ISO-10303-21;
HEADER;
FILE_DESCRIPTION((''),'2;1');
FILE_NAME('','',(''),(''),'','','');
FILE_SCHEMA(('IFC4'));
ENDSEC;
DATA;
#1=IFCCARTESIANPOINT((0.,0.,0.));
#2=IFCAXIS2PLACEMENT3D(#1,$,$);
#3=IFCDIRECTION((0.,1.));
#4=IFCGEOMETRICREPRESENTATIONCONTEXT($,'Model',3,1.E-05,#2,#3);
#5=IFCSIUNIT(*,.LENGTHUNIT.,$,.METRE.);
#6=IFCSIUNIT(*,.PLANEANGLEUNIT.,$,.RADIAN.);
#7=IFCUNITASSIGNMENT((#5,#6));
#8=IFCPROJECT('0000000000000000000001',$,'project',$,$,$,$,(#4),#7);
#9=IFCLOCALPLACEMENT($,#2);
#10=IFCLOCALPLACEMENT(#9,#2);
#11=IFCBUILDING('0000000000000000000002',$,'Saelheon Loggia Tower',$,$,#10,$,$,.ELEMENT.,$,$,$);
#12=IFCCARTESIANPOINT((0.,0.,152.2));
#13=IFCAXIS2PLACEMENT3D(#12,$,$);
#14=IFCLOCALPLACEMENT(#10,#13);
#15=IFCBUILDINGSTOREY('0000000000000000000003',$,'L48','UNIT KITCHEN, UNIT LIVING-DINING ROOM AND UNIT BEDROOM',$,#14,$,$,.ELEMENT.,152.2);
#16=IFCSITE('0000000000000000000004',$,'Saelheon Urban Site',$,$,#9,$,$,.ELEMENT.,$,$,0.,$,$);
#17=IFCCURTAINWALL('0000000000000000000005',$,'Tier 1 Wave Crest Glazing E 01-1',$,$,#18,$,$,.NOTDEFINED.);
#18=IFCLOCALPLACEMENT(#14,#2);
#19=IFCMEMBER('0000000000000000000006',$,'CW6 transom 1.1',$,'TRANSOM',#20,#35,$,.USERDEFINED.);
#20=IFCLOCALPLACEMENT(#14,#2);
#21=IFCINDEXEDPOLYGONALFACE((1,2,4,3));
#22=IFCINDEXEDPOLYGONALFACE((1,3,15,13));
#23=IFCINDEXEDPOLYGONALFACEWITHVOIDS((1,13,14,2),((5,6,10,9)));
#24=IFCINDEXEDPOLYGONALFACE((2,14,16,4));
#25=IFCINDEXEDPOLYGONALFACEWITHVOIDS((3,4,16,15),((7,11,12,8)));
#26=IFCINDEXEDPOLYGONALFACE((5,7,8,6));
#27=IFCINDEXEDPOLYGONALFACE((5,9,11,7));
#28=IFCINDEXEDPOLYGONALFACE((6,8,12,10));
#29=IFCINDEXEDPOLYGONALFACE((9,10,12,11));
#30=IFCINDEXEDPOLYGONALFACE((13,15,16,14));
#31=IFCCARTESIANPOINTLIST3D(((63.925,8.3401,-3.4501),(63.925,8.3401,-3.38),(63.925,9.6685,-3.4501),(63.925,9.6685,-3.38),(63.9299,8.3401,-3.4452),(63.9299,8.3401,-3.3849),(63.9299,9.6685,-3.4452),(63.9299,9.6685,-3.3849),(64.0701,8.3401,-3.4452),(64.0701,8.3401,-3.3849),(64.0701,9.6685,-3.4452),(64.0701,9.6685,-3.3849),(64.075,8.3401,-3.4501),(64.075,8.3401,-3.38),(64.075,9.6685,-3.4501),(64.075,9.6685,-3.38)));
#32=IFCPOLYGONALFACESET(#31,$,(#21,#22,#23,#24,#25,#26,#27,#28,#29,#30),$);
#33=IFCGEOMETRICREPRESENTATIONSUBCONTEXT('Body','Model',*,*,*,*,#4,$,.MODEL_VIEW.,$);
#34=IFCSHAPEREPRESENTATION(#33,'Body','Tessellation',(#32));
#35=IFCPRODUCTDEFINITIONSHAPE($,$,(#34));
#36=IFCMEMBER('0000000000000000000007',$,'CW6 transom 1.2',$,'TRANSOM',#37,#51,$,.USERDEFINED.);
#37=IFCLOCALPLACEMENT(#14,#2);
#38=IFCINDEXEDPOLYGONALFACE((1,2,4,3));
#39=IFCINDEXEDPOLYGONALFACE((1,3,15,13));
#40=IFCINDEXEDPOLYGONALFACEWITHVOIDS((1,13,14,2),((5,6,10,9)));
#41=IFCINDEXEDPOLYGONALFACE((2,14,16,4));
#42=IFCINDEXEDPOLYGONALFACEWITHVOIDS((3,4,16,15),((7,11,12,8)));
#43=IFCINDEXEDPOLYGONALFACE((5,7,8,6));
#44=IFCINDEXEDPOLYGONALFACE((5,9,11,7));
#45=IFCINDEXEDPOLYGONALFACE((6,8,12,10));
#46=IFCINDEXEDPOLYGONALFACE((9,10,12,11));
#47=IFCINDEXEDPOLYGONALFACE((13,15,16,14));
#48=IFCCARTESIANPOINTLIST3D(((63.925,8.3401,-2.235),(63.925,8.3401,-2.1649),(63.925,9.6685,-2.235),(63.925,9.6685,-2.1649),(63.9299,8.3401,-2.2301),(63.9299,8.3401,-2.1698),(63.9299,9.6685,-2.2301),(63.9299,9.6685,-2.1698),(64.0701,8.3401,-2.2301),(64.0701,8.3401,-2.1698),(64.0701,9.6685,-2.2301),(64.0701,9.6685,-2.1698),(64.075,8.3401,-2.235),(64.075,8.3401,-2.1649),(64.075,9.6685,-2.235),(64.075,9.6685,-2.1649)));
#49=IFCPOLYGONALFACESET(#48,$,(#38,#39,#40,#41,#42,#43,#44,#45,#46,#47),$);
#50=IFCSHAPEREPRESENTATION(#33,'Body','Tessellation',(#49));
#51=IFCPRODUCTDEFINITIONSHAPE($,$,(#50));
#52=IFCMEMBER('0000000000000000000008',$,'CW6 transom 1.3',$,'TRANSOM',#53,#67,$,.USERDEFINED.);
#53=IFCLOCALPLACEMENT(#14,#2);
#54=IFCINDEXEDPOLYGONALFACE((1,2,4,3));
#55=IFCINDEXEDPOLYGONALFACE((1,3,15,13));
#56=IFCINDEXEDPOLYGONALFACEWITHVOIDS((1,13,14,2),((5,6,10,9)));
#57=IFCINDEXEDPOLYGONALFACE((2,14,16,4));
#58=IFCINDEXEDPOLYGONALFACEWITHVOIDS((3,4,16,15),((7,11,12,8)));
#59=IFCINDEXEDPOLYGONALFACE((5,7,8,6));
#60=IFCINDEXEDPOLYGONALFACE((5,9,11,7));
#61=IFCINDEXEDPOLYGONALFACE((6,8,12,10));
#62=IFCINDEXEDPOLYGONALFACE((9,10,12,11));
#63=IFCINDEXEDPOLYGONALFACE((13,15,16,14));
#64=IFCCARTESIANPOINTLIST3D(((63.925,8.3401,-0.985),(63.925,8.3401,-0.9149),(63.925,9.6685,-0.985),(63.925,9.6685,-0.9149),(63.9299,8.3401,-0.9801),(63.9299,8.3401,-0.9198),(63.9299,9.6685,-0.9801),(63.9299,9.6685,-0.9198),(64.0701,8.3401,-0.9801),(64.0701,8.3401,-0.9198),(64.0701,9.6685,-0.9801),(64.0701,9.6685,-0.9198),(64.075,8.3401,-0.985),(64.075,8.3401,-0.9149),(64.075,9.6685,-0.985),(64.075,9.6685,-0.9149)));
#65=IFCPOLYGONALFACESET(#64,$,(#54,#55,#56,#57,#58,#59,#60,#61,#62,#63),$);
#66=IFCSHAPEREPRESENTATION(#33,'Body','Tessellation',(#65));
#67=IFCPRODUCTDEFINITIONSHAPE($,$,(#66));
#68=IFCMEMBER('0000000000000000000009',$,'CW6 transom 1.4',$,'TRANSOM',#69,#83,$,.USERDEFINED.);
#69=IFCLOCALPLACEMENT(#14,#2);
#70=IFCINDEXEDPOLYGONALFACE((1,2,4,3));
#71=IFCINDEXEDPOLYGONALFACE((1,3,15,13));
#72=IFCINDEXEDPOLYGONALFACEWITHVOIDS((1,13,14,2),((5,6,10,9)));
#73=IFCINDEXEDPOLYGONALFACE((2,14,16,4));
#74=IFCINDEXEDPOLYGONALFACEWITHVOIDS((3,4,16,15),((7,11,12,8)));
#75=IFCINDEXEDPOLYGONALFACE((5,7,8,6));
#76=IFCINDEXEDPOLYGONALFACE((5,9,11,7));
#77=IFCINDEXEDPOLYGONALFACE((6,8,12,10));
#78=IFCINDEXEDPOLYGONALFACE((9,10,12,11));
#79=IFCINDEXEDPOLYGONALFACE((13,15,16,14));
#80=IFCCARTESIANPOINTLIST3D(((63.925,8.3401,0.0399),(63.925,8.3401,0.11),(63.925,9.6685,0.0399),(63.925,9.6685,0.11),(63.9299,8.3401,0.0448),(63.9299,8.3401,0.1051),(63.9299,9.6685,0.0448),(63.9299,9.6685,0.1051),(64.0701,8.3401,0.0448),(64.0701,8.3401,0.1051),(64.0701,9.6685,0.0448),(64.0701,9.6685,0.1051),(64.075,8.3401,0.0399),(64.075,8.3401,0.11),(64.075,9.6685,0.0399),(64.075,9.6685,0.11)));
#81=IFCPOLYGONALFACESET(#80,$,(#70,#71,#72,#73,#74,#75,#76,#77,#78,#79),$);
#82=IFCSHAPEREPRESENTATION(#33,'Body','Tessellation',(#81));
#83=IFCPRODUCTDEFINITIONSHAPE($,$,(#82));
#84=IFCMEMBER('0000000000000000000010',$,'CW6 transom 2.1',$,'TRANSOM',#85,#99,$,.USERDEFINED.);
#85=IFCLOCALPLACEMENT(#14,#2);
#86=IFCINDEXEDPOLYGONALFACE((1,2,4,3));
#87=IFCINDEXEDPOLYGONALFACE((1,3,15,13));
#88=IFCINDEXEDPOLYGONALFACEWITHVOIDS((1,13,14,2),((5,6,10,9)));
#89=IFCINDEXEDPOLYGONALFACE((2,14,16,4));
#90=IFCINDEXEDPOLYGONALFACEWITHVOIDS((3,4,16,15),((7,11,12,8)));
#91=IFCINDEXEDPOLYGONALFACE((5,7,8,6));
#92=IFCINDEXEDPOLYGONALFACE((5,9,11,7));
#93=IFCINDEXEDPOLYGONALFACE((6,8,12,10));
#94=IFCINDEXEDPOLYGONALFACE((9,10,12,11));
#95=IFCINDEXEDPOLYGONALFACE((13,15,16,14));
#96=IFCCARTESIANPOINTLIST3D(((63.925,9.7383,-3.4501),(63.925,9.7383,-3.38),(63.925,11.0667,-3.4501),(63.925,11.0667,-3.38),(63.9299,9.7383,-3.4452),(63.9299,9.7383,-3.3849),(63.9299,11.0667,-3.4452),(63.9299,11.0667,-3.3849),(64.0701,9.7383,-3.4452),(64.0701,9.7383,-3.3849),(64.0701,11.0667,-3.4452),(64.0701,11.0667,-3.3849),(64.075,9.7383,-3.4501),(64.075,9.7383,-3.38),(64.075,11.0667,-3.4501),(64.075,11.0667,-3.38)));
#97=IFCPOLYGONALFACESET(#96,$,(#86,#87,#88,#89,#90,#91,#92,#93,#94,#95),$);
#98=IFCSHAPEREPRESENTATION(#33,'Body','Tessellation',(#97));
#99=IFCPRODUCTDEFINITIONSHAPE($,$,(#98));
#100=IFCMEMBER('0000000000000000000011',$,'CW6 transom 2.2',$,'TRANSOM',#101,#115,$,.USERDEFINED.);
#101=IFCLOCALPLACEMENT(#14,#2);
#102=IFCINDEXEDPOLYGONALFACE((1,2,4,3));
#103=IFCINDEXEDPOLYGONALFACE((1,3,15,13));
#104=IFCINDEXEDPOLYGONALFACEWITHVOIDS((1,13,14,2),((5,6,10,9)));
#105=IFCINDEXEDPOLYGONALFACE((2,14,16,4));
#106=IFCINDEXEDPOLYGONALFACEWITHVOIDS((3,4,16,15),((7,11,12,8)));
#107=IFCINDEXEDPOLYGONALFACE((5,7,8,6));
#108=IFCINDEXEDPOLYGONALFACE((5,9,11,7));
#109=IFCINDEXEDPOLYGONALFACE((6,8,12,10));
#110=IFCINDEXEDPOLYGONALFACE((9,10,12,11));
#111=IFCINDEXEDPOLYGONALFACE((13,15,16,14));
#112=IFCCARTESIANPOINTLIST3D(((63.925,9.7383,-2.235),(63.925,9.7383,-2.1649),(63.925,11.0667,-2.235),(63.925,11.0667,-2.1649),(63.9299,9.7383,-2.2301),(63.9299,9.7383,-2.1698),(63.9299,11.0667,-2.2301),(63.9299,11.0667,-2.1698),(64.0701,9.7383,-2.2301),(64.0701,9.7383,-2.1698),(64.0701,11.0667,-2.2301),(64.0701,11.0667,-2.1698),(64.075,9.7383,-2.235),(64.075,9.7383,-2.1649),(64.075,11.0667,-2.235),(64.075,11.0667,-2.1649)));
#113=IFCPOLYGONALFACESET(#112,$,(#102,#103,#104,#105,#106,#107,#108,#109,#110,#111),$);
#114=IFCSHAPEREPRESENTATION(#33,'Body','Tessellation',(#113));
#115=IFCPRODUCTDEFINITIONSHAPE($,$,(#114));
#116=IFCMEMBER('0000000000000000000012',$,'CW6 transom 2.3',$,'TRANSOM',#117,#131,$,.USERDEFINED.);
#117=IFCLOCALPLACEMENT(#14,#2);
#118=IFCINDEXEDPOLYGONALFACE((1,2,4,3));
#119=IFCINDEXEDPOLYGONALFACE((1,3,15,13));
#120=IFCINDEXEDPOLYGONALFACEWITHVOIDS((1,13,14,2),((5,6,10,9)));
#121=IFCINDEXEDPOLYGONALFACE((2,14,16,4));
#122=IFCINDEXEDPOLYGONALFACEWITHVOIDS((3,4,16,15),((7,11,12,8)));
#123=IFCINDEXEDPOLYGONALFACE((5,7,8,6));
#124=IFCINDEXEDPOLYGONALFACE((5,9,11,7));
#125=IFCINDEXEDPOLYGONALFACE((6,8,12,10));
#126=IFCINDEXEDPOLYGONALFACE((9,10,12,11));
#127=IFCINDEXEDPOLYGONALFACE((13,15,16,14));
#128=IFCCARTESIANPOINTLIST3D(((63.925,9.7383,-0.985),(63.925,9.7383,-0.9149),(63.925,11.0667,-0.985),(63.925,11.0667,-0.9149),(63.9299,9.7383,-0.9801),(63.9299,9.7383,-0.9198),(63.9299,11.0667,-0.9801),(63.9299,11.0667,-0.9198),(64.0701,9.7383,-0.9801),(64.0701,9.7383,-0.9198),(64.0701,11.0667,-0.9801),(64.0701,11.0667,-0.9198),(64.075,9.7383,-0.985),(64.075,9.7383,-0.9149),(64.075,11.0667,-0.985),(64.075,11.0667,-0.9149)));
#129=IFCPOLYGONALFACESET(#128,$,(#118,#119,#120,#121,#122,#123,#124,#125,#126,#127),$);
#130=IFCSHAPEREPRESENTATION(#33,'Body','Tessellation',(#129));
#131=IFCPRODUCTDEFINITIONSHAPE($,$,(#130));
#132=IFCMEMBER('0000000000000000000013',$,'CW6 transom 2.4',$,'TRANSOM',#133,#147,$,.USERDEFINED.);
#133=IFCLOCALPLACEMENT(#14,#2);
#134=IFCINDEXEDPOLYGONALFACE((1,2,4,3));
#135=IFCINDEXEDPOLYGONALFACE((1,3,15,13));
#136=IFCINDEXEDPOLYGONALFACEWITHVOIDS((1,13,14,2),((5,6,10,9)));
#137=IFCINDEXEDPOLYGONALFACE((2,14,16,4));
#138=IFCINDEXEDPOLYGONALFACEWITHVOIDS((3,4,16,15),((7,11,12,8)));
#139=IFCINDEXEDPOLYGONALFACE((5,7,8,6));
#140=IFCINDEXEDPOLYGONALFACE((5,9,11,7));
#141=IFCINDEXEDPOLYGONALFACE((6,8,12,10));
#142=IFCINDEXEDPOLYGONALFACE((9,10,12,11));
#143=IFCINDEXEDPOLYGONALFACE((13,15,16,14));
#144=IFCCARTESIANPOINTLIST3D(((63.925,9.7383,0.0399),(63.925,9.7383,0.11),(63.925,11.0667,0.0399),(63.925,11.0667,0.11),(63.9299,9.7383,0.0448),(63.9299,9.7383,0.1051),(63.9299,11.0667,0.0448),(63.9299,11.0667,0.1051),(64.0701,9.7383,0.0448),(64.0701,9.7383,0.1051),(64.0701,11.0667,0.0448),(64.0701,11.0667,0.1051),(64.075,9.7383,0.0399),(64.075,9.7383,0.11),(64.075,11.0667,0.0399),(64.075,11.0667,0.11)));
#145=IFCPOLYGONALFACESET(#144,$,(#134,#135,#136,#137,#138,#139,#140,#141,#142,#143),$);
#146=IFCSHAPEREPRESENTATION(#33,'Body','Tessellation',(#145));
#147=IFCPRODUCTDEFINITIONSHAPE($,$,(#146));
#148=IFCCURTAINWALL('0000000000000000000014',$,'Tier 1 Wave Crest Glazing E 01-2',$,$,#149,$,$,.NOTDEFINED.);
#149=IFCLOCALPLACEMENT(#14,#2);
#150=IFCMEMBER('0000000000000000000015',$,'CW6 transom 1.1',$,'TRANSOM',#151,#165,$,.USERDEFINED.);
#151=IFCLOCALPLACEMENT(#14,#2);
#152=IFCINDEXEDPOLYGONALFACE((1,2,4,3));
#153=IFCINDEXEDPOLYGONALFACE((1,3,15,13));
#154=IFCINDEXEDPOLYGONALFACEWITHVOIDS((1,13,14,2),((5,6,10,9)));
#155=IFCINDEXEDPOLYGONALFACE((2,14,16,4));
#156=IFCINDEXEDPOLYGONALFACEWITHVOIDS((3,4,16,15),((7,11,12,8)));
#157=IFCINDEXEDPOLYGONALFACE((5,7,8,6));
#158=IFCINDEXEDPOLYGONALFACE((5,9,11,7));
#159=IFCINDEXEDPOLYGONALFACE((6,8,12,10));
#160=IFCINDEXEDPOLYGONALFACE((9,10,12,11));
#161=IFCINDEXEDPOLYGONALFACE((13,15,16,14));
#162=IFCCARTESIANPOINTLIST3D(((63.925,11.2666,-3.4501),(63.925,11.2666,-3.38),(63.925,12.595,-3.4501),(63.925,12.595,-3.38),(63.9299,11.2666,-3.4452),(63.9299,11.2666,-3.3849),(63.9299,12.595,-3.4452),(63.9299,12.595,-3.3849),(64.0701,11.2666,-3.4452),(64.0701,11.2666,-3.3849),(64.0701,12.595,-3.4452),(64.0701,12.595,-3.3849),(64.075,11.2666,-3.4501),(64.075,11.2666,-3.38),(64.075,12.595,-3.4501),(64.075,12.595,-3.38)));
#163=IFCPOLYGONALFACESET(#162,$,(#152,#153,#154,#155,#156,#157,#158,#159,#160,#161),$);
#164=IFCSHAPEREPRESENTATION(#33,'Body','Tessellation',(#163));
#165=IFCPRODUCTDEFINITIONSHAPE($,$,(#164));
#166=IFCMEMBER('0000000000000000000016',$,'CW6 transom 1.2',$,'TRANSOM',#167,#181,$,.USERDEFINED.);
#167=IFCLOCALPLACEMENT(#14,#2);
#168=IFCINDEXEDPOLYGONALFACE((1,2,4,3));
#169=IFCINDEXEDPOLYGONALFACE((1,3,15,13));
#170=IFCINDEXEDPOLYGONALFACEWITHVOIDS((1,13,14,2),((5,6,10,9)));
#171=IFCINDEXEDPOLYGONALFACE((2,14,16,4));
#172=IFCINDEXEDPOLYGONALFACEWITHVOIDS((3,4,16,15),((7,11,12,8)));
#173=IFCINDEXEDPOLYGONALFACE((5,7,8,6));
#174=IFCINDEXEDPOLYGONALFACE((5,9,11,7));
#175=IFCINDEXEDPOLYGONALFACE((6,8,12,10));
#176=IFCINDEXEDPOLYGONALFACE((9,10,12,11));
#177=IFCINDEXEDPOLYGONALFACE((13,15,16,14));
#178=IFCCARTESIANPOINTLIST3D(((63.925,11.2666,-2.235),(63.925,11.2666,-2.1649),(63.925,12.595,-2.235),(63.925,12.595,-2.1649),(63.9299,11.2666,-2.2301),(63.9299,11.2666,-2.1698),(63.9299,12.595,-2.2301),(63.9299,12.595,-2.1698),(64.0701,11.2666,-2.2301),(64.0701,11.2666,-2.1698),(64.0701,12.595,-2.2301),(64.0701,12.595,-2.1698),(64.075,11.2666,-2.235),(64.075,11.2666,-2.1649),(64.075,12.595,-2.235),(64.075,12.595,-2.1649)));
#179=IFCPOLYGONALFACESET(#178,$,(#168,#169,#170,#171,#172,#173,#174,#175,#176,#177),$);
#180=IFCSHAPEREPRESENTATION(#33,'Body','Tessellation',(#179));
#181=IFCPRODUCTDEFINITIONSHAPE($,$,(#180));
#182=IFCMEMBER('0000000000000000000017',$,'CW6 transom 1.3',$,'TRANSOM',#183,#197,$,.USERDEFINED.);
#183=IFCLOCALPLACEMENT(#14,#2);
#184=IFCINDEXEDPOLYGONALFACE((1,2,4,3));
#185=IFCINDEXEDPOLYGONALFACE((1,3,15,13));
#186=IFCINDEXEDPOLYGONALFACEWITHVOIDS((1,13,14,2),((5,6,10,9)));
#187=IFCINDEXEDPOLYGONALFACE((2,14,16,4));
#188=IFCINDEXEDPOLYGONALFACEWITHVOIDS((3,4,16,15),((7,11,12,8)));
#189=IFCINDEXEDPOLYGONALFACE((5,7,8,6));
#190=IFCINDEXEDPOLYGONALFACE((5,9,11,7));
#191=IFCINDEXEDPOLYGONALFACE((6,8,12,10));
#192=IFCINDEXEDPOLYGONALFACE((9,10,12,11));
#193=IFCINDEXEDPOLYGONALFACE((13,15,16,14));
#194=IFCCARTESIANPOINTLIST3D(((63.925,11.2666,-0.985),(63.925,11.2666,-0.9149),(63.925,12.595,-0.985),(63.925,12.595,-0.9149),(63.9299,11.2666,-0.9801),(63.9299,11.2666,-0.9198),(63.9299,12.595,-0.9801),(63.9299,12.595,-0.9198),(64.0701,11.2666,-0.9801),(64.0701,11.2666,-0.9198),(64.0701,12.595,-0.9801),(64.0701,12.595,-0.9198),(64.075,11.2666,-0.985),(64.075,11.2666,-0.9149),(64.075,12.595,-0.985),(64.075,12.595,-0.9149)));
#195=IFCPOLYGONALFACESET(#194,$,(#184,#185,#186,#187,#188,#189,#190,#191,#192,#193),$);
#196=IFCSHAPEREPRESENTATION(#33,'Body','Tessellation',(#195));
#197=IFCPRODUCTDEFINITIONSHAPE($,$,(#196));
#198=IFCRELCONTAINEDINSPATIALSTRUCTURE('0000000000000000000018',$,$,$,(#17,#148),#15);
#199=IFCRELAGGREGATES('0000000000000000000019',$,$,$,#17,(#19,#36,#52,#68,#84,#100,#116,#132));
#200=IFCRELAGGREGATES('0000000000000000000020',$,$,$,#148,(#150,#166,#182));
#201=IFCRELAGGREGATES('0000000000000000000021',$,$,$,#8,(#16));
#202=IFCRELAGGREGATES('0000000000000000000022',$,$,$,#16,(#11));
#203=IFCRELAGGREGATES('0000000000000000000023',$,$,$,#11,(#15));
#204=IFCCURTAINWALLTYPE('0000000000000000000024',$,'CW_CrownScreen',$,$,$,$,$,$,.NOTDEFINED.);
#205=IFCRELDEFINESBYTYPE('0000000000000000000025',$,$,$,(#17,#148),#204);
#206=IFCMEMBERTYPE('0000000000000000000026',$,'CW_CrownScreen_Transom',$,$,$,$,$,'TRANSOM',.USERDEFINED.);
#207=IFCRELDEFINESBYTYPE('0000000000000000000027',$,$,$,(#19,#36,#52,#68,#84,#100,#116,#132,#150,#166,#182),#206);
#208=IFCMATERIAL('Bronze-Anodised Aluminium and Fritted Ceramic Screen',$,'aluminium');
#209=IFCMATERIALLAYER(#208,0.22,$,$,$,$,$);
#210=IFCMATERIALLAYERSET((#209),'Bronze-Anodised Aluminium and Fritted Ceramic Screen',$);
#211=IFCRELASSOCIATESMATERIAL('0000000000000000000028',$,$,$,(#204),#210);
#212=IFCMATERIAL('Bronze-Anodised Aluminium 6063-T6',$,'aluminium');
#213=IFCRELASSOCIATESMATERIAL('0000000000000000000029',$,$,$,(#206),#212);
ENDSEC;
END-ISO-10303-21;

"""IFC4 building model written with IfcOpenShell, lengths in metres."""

from ifc_helpers import new_model, si_unit, direction, frame, origin, origin_2d, place, context, subcontext, project, spatial, hollow_rectangle, extrude, source, transform, mapped, material, layer, layer_set, material_profile, profile_set, type_object, element, aggregate, save


model = new_model("IFC4")

# Units and contexts
model_context = context("Model", 3, precision=1e-05, world=origin(), true_north=direction((0.0, 1.0)))
body_context = subcontext(model_context, "Body", "Model", "MODEL_VIEW")
ifc_project = project(units=[si_unit("LENGTHUNIT", "METRE"), si_unit("PLANEANGLEUNIT", "RADIAN")], contexts=[model_context])

# Site, building, storey
site_placement = place(None, origin())
site = spatial("IfcSite", under=ifc_project, at=site_placement, Name="Saelheon Urban Site", CompositionType="ELEMENT", RefElevation=0.0)
building_placement = place(site_placement, origin())
building = spatial("IfcBuilding", under=site, at=building_placement, Name="Saelheon Loggia Tower", CompositionType="ELEMENT")
storey_placement = place(building_placement, frame((0.0, 0.0, 152.2)))
storey = spatial("IfcBuildingStorey", under=building, at=storey_placement, Name="L48", Description="UNIT KITCHEN, UNIT LIVING-DINING ROOM AND UNIT BEDROOM", CompositionType="ELEMENT", Elevation=152.2)

# Curtain walls, members
ifc_material_1 = material(Name="Bronze-Anodised Aluminium and Fritted Ceramic Screen", Category="aluminium")
ifc_layer_1 = layer(ifc_material_1, 0.22)
ifc_layer_set_1 = layer_set([ifc_layer_1], Name="Bronze-Anodised Aluminium and Fritted Ceramic Screen")
curtain_wall_type = type_object("IfcCurtainWallType", Name="CW_CrownScreen", PredefinedType="NOTDEFINED", material=ifc_layer_set_1)
curtain_wall_1_placement = place(storey_placement, origin())
curtain_wall_1 = element("IfcCurtainWall", 1, at=curtain_wall_1_placement, inside=storey, type_object=curtain_wall_type, Name="Tier 1 Wave Crest Glazing E 01-1", PredefinedType="NOTDEFINED")
ifc_material_2 = material(Name="Bronze-Anodised Aluminium 6063-T6", Category="aluminium")
ifc_material_profile_1 = material_profile(ifc_material_2, hollow_rectangle(XDim=0.0701, YDim=0.1499, WallThickness=0.0049, at=origin_2d()), Name="RHS-150x70x5")
ifc_profile_set_1 = profile_set([ifc_material_profile_1], Name="Bronze-Anodised Aluminium 6063-T6")
member_type_1 = type_object("IfcMemberType", Name="CW_CrownScreen_Transom", ElementType="TRANSOM", PredefinedType="USERDEFINED", material=ifc_profile_set_1)
shared_shape_1 = source(origin(), body_context, "Body", "SweptSolid", [
    extrude(hollow_rectangle(XDim=0.0701, YDim=0.1499, WallThickness=0.0049, at=origin_2d()), origin(), (0.0, 0.0, 1.0), 1.3284),
])
member_1_placement = place(storey_placement, frame((64.0, 8.3401, -3.415), z_axis=(0.0, 1.0, 0.0), x_axis=(0.0, 0.0, 1.0)))
member_1 = element("IfcMember", 2, at=member_1_placement, type_object=member_type_1, Name="CW6 transom 1.1", ObjectType="TRANSOM", PredefinedType="USERDEFINED", context=body_context, shape_type="MappedRepresentation", body=[
    mapped(shared_shape_1, transform((0.0, 0.0, 0.0), scale=1.0)),
])
member_2_placement = place(storey_placement, frame((64.0, 8.3401, -2.2), z_axis=(0.0, 1.0, 0.0), x_axis=(0.0, 0.0, 1.0)))
member_2 = element("IfcMember", 3, at=member_2_placement, type_object=member_type_1, Name="CW6 transom 1.2", ObjectType="TRANSOM", PredefinedType="USERDEFINED", context=body_context, shape_type="MappedRepresentation", body=[
    mapped(shared_shape_1, transform((0.0, 0.0, 0.0), scale=1.0)),
])
member_3_placement = place(storey_placement, frame((64.0, 8.3401, -0.95), z_axis=(0.0, 1.0, 0.0), x_axis=(0.0, 0.0, 1.0)))
member_3 = element("IfcMember", 4, at=member_3_placement, type_object=member_type_1, Name="CW6 transom 1.3", ObjectType="TRANSOM", PredefinedType="USERDEFINED", context=body_context, shape_type="MappedRepresentation", body=[
    mapped(shared_shape_1, transform((0.0, 0.0, 0.0), scale=1.0)),
])
member_4_placement = place(storey_placement, frame((64.0, 8.3401, 0.075), z_axis=(0.0, 1.0, 0.0), x_axis=(0.0, 0.0, 1.0)))
member_4 = element("IfcMember", 5, at=member_4_placement, type_object=member_type_1, Name="CW6 transom 1.4", ObjectType="TRANSOM", PredefinedType="USERDEFINED", context=body_context, shape_type="MappedRepresentation", body=[
    mapped(shared_shape_1, transform((0.0, 0.0, 0.0), scale=1.0)),
])
member_5_placement = place(storey_placement, frame((64.0, 9.7383, -3.415), z_axis=(0.0, 1.0, 0.0), x_axis=(0.0, 0.0, 1.0)))
member_5 = element("IfcMember", 6, at=member_5_placement, type_object=member_type_1, Name="CW6 transom 2.1", ObjectType="TRANSOM", PredefinedType="USERDEFINED", context=body_context, shape_type="MappedRepresentation", body=[
    mapped(shared_shape_1, transform((0.0, 0.0, 0.0), scale=1.0)),
])
member_6_placement = place(storey_placement, frame((64.0, 9.7383, -2.2), z_axis=(0.0, 1.0, 0.0), x_axis=(0.0, 0.0, 1.0)))
member_6 = element("IfcMember", 7, at=member_6_placement, type_object=member_type_1, Name="CW6 transom 2.2", ObjectType="TRANSOM", PredefinedType="USERDEFINED", context=body_context, shape_type="MappedRepresentation", body=[
    mapped(shared_shape_1, transform((0.0, 0.0, 0.0), scale=1.0)),
])
member_7_placement = place(storey_placement, frame((64.0, 9.7383, -0.95), z_axis=(0.0, 1.0, 0.0), x_axis=(0.0, 0.0, 1.0)))
member_7 = element("IfcMember", 8, at=member_7_placement, type_object=member_type_1, Name="CW6 transom 2.3", ObjectType="TRANSOM", PredefinedType="USERDEFINED", context=body_context, shape_type="MappedRepresentation", body=[
    mapped(shared_shape_1, transform((0.0, 0.0, 0.0), scale=1.0)),
])
member_8_placement = place(storey_placement, frame((64.0, 9.7383, 0.075), z_axis=(0.0, 1.0, 0.0), x_axis=(0.0, 0.0, 1.0)))
member_8 = element("IfcMember", 9, at=member_8_placement, type_object=member_type_1, Name="CW6 transom 2.4", ObjectType="TRANSOM", PredefinedType="USERDEFINED", context=body_context, shape_type="MappedRepresentation", body=[
    mapped(shared_shape_1, transform((0.0, 0.0, 0.0), scale=1.0)),
])
curtain_wall_2_placement = place(storey_placement, origin())
curtain_wall_2 = element("IfcCurtainWall", 10, at=curtain_wall_2_placement, inside=storey, type_object=curtain_wall_type, Name="Tier 1 Wave Crest Glazing E 01-2", PredefinedType="NOTDEFINED")
member_9_placement = place(storey_placement, frame((64.0, 11.2666, -3.415), z_axis=(0.0, 1.0, 0.0), x_axis=(0.0, 0.0, 1.0)))
member_9 = element("IfcMember", 11, at=member_9_placement, type_object=member_type_1, Name="CW6 transom 1.1", ObjectType="TRANSOM", PredefinedType="USERDEFINED", context=body_context, shape_type="MappedRepresentation", body=[
    mapped(shared_shape_1, transform((0.0, 0.0, 0.0), scale=1.0)),
])
member_10_placement = place(storey_placement, frame((64.0, 11.2666, -2.2), z_axis=(0.0, 1.0, 0.0), x_axis=(0.0, 0.0, 1.0)))
member_10 = element("IfcMember", 12, at=member_10_placement, type_object=member_type_1, Name="CW6 transom 1.2", ObjectType="TRANSOM", PredefinedType="USERDEFINED", context=body_context, shape_type="MappedRepresentation", body=[
    mapped(shared_shape_1, transform((0.0, 0.0, 0.0), scale=1.0)),
])
member_11_placement = place(storey_placement, frame((64.0, 11.2666, -0.95), z_axis=(0.0, 1.0, 0.0), x_axis=(0.0, 0.0, 1.0)))
member_11 = element("IfcMember", 13, at=member_11_placement, type_object=member_type_1, Name="CW6 transom 1.3", ObjectType="TRANSOM", PredefinedType="USERDEFINED", context=body_context, shape_type="MappedRepresentation", body=[
    mapped(shared_shape_1, transform((0.0, 0.0, 0.0), scale=1.0)),
])

aggregate(curtain_wall_1, [member_1, member_2, member_3, member_4, member_5, member_6, member_7, member_8])
aggregate(curtain_wall_2, [member_9, member_10, member_11])

save(model, "model.ifc")
